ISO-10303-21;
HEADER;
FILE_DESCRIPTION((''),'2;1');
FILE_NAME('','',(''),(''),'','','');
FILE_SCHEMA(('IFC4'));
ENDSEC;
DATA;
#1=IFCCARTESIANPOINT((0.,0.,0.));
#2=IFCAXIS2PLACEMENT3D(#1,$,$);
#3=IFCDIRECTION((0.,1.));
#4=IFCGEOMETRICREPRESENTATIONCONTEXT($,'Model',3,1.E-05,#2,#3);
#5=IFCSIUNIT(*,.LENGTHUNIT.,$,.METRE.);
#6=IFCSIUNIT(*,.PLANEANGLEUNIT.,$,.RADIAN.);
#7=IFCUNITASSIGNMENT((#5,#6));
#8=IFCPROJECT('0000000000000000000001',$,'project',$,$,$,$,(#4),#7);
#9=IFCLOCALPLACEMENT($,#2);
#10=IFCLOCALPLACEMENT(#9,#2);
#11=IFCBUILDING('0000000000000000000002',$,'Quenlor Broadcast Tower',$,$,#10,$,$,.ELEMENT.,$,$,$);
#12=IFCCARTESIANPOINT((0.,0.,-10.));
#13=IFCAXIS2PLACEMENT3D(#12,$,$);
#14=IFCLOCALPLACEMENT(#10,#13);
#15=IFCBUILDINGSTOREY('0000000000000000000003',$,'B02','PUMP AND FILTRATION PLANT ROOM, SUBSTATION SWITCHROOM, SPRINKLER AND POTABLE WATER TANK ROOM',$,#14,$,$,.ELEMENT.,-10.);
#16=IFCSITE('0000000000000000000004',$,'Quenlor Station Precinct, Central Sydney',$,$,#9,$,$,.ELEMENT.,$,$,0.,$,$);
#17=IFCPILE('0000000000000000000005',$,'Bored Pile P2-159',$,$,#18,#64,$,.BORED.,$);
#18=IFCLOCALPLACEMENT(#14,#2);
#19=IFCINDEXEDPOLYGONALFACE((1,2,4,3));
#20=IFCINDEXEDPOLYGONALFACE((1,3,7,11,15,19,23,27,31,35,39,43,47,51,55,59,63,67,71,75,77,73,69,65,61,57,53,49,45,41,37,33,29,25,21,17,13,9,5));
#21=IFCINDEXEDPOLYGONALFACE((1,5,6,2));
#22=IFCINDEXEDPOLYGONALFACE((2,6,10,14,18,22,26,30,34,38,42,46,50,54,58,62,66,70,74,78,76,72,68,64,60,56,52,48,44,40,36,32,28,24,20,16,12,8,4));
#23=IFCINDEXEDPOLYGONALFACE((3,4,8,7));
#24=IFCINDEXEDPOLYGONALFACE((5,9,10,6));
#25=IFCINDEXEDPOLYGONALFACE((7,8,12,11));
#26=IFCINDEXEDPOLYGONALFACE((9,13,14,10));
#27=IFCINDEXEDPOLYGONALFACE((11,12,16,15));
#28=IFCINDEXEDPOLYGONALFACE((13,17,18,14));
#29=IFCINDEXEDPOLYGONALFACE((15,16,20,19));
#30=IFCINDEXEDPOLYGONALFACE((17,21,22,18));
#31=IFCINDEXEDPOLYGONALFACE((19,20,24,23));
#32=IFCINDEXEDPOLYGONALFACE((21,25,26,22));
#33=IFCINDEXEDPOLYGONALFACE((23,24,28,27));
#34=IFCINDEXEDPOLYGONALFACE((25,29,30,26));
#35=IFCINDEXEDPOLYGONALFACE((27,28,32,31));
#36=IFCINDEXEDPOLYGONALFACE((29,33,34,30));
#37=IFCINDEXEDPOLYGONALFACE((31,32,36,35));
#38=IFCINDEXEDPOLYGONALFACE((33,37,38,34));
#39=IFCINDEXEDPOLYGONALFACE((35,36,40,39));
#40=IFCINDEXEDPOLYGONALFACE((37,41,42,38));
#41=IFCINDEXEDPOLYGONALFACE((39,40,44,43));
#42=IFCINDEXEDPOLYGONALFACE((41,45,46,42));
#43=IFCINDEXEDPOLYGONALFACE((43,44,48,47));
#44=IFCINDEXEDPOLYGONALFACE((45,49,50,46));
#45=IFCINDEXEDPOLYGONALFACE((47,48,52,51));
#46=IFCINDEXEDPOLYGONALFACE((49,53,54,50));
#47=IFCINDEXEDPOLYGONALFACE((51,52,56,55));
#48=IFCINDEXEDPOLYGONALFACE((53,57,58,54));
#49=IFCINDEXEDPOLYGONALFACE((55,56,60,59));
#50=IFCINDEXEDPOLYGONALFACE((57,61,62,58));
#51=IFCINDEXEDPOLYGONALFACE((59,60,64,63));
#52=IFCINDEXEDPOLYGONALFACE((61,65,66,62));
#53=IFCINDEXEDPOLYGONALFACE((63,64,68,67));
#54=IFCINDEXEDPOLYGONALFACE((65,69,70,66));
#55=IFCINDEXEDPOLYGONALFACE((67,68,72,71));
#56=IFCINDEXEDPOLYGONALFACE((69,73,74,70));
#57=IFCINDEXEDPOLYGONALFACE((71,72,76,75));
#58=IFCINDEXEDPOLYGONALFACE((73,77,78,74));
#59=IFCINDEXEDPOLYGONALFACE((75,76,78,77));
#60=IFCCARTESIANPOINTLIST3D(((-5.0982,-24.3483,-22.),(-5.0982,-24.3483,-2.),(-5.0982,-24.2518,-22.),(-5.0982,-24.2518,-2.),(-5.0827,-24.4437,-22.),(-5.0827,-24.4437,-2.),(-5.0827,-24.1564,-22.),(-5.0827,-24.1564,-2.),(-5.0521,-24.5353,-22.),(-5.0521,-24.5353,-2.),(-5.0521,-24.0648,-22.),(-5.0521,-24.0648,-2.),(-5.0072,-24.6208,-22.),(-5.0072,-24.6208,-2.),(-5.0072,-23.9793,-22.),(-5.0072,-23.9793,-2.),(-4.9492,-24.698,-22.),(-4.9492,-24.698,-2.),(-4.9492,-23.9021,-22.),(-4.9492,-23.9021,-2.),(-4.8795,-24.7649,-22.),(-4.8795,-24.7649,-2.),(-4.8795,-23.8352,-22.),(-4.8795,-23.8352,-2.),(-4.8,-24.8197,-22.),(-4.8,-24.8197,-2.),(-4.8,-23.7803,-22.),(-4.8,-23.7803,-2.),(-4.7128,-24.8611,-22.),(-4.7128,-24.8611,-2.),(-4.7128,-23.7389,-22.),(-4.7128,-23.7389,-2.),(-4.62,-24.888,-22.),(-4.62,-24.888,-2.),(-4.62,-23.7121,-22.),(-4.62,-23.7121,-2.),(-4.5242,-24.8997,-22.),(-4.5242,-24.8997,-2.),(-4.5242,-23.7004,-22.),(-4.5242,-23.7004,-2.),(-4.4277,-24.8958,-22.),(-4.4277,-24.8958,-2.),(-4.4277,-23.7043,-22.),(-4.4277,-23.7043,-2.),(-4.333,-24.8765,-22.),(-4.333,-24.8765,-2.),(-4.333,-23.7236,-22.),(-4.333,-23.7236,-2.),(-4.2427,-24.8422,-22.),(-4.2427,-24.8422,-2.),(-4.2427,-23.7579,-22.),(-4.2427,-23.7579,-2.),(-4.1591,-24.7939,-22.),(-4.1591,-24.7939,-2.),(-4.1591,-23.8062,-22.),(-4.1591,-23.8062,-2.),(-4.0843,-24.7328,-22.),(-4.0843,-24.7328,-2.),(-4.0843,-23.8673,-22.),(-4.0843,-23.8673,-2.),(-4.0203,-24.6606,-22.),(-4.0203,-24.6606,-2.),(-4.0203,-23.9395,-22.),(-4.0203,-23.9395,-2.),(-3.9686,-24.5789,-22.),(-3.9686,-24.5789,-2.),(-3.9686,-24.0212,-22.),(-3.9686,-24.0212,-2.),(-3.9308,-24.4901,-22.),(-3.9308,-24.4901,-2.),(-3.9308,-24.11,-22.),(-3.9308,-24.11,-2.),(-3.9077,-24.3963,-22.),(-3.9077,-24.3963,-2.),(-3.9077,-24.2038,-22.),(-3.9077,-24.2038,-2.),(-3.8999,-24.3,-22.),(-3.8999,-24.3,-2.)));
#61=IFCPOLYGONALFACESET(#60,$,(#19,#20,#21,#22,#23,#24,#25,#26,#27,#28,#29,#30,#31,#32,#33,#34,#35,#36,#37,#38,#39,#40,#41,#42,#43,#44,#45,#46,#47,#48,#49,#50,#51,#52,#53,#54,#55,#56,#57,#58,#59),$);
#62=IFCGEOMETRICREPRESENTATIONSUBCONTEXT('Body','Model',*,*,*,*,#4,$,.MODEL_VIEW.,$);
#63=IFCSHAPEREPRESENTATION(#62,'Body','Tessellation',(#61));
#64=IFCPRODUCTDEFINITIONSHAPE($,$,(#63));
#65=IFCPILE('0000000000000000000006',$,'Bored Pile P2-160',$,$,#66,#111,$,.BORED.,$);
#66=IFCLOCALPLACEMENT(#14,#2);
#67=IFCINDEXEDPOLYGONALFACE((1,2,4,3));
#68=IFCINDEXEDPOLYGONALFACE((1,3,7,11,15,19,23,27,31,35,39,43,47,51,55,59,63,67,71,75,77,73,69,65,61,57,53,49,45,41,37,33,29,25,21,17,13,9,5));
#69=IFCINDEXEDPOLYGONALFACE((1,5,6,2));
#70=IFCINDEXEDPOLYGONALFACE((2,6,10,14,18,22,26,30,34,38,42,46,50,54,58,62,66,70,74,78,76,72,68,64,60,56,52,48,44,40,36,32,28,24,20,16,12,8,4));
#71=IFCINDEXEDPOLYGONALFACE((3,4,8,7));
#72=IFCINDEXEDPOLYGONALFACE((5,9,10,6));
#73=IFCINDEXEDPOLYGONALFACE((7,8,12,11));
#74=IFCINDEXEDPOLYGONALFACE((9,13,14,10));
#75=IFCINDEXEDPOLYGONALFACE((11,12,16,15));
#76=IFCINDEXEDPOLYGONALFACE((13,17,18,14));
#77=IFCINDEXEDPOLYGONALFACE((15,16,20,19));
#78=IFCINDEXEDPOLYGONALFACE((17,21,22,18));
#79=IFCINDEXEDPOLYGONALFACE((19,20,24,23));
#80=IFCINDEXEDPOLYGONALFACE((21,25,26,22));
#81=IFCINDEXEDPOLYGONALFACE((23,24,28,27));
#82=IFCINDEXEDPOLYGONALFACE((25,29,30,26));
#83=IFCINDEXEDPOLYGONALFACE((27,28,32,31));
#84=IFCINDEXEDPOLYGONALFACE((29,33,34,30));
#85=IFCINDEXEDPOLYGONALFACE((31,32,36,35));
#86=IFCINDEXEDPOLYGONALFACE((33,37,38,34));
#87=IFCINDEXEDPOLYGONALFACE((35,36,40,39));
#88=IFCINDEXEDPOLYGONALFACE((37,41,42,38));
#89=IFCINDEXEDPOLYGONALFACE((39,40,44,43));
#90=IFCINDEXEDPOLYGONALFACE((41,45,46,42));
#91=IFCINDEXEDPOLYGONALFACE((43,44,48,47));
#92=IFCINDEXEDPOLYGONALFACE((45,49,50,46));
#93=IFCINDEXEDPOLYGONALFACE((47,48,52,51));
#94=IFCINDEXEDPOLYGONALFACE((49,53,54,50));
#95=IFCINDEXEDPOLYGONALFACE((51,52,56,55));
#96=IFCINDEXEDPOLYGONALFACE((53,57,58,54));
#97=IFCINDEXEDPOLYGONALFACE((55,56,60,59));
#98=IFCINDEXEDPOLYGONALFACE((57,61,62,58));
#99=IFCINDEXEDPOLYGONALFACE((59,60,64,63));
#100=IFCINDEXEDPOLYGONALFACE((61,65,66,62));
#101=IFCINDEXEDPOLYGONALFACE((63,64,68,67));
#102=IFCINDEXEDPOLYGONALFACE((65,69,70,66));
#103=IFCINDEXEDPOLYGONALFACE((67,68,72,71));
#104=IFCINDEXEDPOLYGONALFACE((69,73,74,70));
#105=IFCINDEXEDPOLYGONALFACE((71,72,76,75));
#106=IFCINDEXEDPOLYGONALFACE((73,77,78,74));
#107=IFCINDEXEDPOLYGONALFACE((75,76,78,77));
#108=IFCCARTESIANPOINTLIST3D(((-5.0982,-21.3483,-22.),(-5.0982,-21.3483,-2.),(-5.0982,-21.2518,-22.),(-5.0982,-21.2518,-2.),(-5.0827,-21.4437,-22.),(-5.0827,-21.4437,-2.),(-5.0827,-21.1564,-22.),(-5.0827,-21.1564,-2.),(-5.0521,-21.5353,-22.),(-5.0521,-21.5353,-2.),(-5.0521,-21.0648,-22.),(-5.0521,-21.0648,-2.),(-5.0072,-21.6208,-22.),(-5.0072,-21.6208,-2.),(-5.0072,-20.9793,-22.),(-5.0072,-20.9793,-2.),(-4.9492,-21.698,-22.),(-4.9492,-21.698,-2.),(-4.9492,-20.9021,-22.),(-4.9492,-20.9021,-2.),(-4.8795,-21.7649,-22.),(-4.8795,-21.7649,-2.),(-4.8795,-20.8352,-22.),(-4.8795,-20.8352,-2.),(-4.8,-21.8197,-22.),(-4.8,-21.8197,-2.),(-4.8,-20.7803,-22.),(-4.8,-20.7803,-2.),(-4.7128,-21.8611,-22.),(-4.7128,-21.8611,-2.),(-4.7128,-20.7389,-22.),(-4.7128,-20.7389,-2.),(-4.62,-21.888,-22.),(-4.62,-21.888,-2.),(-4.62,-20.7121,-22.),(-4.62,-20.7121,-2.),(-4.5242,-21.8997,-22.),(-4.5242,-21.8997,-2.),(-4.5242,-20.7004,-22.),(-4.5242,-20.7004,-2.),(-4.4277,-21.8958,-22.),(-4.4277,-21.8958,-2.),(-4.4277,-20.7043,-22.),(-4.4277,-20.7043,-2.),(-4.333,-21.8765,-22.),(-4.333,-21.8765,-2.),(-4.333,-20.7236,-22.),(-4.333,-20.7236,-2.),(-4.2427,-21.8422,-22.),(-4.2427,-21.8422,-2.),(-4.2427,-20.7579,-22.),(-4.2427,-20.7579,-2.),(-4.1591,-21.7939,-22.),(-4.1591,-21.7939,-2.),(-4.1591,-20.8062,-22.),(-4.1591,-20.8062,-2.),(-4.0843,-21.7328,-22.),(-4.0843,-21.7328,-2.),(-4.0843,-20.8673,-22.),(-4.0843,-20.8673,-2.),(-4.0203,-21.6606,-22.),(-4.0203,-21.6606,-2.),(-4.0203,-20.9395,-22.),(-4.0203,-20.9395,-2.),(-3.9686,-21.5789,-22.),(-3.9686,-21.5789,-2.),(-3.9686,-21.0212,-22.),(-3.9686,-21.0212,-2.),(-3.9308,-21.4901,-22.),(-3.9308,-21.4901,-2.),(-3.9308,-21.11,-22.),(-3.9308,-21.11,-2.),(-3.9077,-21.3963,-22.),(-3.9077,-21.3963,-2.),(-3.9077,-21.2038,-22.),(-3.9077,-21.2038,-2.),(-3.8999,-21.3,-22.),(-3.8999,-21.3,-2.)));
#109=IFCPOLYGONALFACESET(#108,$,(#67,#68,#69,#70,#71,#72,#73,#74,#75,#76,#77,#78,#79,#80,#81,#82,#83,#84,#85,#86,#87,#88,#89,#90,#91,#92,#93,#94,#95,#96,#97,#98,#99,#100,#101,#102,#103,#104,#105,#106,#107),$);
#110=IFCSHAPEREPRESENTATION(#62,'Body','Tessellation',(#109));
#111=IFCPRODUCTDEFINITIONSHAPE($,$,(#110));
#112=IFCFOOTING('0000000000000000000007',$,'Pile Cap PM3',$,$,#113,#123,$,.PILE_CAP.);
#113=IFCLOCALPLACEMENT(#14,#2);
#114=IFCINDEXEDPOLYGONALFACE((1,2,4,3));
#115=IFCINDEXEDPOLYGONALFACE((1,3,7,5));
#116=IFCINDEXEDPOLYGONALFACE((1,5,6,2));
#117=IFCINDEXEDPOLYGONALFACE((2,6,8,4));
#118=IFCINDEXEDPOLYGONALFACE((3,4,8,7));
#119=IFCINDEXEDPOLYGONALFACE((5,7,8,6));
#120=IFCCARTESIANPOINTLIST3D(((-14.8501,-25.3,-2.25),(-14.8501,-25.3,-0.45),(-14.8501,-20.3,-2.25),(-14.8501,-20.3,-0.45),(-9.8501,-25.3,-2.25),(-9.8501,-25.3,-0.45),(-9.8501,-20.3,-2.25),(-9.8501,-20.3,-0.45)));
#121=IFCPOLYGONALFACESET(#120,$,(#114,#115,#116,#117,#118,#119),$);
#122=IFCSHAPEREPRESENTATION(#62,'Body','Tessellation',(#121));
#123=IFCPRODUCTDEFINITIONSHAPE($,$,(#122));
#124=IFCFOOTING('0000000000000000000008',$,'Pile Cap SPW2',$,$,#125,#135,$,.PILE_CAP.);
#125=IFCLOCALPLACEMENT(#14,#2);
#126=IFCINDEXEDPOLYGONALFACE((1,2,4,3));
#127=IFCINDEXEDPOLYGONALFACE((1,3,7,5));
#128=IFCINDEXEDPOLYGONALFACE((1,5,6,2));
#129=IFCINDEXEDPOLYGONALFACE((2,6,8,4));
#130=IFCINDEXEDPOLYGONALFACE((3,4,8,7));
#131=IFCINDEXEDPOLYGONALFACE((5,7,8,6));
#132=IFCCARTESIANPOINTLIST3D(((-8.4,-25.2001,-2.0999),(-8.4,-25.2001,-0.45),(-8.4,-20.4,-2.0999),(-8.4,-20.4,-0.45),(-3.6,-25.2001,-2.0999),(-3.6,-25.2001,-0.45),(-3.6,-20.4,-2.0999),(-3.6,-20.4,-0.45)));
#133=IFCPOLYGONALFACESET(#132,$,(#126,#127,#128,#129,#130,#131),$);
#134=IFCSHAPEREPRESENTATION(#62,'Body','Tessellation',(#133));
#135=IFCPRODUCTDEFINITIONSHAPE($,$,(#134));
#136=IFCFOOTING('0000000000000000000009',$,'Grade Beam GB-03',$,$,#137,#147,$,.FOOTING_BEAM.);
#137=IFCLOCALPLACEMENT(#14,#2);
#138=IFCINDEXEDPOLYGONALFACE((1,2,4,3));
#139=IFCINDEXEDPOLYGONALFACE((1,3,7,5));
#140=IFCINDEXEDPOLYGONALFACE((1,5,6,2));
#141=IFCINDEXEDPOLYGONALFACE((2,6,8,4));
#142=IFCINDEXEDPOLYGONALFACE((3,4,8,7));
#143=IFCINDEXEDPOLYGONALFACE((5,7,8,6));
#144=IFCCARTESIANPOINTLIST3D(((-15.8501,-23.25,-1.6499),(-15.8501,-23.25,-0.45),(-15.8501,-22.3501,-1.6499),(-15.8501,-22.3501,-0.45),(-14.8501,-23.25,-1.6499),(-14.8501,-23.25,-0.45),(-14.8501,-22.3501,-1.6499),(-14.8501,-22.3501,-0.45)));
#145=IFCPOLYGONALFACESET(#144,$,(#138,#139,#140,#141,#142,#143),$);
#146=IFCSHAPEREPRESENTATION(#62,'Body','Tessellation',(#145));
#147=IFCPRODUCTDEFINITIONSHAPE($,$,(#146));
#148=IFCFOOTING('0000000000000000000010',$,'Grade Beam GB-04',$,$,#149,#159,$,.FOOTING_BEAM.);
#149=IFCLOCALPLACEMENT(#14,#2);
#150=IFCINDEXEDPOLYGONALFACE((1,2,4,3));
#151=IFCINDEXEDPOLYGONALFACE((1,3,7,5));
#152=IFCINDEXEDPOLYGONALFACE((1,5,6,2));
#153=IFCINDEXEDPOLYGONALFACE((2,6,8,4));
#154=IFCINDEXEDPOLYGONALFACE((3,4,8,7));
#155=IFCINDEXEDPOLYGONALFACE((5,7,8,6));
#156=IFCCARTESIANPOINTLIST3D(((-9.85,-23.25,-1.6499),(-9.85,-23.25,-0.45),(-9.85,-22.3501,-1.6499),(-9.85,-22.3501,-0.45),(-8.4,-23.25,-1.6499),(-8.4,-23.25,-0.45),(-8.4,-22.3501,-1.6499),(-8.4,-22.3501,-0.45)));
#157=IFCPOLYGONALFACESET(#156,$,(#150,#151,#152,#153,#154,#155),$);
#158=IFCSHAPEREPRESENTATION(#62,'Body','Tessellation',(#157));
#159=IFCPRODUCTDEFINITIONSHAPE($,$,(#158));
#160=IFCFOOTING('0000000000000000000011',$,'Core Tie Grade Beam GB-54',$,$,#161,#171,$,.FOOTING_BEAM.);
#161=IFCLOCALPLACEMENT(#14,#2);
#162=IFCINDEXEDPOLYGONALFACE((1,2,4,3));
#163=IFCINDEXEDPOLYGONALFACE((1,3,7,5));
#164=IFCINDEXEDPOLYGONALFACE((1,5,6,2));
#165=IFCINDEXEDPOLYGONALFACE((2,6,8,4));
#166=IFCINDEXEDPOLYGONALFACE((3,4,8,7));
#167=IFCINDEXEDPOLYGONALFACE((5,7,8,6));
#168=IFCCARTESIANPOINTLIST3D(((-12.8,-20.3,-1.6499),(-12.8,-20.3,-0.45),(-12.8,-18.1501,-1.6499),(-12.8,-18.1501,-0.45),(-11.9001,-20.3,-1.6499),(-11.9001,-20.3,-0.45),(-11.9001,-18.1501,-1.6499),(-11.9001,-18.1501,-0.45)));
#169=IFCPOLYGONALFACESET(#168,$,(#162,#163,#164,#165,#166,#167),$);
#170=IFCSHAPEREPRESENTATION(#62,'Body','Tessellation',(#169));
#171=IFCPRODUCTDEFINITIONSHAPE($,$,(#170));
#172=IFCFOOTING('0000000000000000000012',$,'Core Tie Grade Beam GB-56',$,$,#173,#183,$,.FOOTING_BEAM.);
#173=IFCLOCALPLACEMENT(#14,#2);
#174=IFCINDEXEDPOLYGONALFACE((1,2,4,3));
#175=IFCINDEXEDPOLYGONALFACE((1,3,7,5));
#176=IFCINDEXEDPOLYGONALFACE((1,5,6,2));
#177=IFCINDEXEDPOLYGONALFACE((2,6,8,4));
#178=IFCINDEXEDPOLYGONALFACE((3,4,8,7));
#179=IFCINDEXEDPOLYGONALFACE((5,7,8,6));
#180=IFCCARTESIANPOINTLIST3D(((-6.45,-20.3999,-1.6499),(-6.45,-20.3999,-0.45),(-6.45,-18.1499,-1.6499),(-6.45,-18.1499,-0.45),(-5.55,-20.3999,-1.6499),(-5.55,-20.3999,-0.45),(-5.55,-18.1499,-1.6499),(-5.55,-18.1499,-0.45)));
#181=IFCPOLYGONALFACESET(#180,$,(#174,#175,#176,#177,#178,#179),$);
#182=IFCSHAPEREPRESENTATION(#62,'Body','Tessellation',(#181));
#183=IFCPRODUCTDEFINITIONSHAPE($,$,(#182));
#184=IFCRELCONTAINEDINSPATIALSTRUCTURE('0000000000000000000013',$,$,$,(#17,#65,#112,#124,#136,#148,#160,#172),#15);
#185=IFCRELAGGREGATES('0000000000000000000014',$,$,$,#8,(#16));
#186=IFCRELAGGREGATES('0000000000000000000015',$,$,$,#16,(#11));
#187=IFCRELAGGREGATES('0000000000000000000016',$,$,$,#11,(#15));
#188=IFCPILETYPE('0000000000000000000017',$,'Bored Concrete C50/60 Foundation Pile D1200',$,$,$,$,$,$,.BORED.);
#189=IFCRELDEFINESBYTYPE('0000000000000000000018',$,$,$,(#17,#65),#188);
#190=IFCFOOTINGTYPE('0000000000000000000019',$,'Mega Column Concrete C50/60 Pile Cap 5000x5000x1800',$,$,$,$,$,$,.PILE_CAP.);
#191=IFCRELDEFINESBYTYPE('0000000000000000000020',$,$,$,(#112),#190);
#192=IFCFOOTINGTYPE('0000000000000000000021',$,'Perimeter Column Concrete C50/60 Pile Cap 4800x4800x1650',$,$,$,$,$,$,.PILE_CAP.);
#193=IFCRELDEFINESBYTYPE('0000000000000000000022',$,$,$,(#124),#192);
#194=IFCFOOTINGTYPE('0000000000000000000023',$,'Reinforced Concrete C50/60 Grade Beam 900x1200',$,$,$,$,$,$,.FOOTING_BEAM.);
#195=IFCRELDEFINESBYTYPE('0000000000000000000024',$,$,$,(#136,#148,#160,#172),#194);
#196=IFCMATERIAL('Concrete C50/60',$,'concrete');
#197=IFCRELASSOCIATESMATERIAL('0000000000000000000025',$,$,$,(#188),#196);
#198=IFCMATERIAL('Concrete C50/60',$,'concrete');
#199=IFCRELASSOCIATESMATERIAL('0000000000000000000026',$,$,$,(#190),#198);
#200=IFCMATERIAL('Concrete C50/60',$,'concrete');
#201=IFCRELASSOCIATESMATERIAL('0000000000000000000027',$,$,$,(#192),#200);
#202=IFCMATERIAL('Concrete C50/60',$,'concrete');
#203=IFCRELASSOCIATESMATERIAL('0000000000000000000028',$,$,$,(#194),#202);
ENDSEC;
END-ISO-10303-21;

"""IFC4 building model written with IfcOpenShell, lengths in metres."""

from ifc_helpers import new_model, si_unit, direction, frame, origin, origin_2d, place, context, subcontext, project, spatial, rectangle, circle, extrude, material, material_profile, profile_set, type_object, element, save


model = new_model("IFC4")

# Units and contexts
model_context = context("Model", 3, precision=1e-05, world=origin(), true_north=direction((0.0, 1.0)))
body_context = subcontext(model_context, "Body", "Model", "MODEL_VIEW")
ifc_project = project(units=[si_unit("LENGTHUNIT", "METRE"), si_unit("PLANEANGLEUNIT", "RADIAN")], contexts=[model_context])

# Site, building, storey
site_placement = place(None, origin())
site = spatial("IfcSite", under=ifc_project, at=site_placement, Name="Quenlor Station Precinct, Central Sydney", CompositionType="ELEMENT", RefElevation=0.0)
building_placement = place(site_placement, origin())
building = spatial("IfcBuilding", under=site, at=building_placement, Name="Quenlor Broadcast Tower", CompositionType="ELEMENT")
storey_placement = place(building_placement, frame((0.0, 0.0, -10.0)))
storey = spatial("IfcBuildingStorey", under=building, at=storey_placement, Name="B02", Description="PUMP AND FILTRATION PLANT ROOM, SUBSTATION SWITCHROOM, SPRINKLER AND POTABLE WATER TANK ROOM", CompositionType="ELEMENT", Elevation=-10.0)

# Piles
ifc_material_1 = material(Name="Concrete C50/60", Category="concrete")
ifc_material_profile_1 = material_profile(ifc_material_1, circle(Radius=0.6001, at=origin_2d()))
ifc_profile_set_1 = profile_set([ifc_material_profile_1], Name="Concrete C50/60 PILE1200")
pile_type_1 = type_object("IfcPileType", Name="Bored Concrete C50/60 Foundation Pile D1200", PredefinedType="BORED", material=ifc_profile_set_1)
for number, where, z_axis, x_axis, name in (
    (1, (-4.5, -24.3, -2.0), (0.0, 0.0, -1.0), (1.0, 0.0, 0.0), "Bored Pile P2-159"),
    (2, (-4.5, -21.3, -2.0), (0.0, 0.0, -1.0), (1.0, 0.0, 0.0), "Bored Pile P2-160"),
):
    element("IfcPile", number, at=place(storey_placement, frame(where, z_axis=z_axis, x_axis=x_axis)), inside=storey, type_object=pile_type_1, Name=name, PredefinedType="BORED", context=body_context, shape_type="SweptSolid", body=[
        extrude(circle(Radius=0.6001, at=origin_2d()), origin(), (0.0, 0.0, 1.0), 20.0),
    ])

# Footings
ifc_material_2 = material(Name="Concrete C50/60", Category="concrete")
footing_type_1 = type_object("IfcFootingType", Name="Mega Column Concrete C50/60 Pile Cap 5000x5000x1800", PredefinedType="PILE_CAP", material=ifc_material_2)
footing_1_placement = place(storey_placement, frame((-12.3501, -22.8, -2.25), z_axis=(0.0, 0.0, 1.0), x_axis=(1.0, 0.0, 0.0)))
element("IfcFooting", 3, at=footing_1_placement, inside=storey, type_object=footing_type_1, Name="Pile Cap PM3", PredefinedType="PILE_CAP", context=body_context, shape_type="SweptSolid", body=[
    extrude(rectangle(XDim=5.0, YDim=5.0, at=origin_2d()), origin(), (0.0, 0.0, 1.0), 1.8),
])
ifc_material_3 = material(Name="Concrete C50/60", Category="concrete")
footing_type_2 = type_object("IfcFootingType", Name="Perimeter Column Concrete C50/60 Pile Cap 4800x4800x1650", PredefinedType="PILE_CAP", material=ifc_material_3)
footing_2_placement = place(storey_placement, frame((-6.0, -22.8, -2.0999), z_axis=(0.0, 0.0, 1.0), x_axis=(1.0, 0.0, 0.0)))
element("IfcFooting", 4, at=footing_2_placement, inside=storey, type_object=footing_type_2, Name="Pile Cap SPW2", PredefinedType="PILE_CAP", context=body_context, shape_type="SweptSolid", body=[
    extrude(rectangle(XDim=4.8, YDim=4.8, at=origin_2d()), origin(), (0.0, 0.0, 1.0), 1.6499),
])
ifc_material_4 = material(Name="Concrete C50/60", Category="concrete")
footing_type_3 = type_object("IfcFootingType", Name="Reinforced Concrete C50/60 Grade Beam 900x1200", PredefinedType="FOOTING_BEAM", material=ifc_material_4)
footing_3_placement = place(storey_placement, frame((-15.3501, -22.8, -1.6499), z_axis=(0.0, 0.0, 1.0), x_axis=(1.0, 0.0, 0.0)))
element("IfcFooting", 5, at=footing_3_placement, inside=storey, type_object=footing_type_3, Name="Grade Beam GB-03", PredefinedType="FOOTING_BEAM", context=body_context, shape_type="SweptSolid", body=[
    extrude(rectangle(XDim=1.0, YDim=0.8999, at=origin_2d()), origin(), (0.0, 0.0, 1.0), 1.2),
])
footing_4_placement = place(storey_placement, frame((-9.125, -22.8, -1.6499), z_axis=(0.0, 0.0, 1.0), x_axis=(1.0, 0.0, 0.0)))
element("IfcFooting", 6, at=footing_4_placement, inside=storey, type_object=footing_type_3, Name="Grade Beam GB-04", PredefinedType="FOOTING_BEAM", context=body_context, shape_type="SweptSolid", body=[
    extrude(rectangle(XDim=1.45, YDim=0.8999, at=origin_2d()), origin(), (0.0, 0.0, 1.0), 1.2),
])
footing_5_placement = place(storey_placement, frame((-12.3501, -19.2251, -1.6499), z_axis=(0.0, 0.0, 1.0), x_axis=(0.0, 1.0, 0.0)))
element("IfcFooting", 7, at=footing_5_placement, inside=storey, type_object=footing_type_3, Name="Core Tie Grade Beam GB-54", PredefinedType="FOOTING_BEAM", context=body_context, shape_type="SweptSolid", body=[
    extrude(rectangle(XDim=2.1499, YDim=0.8999, at=origin_2d()), origin(), (0.0, 0.0, 1.0), 1.2),
])
footing_6_placement = place(storey_placement, frame((-6.0, -19.2749, -1.6499), z_axis=(0.0, 0.0, 1.0), x_axis=(0.0, 1.0, 0.0)))
element("IfcFooting", 8, at=footing_6_placement, inside=storey, type_object=footing_type_3, Name="Core Tie Grade Beam GB-56", PredefinedType="FOOTING_BEAM", context=body_context, shape_type="SweptSolid", body=[
    extrude(rectangle(XDim=2.25, YDim=0.8999, at=origin_2d()), origin(), (0.0, 0.0, 1.0), 1.2),
])

save(model, "model.ifc")
